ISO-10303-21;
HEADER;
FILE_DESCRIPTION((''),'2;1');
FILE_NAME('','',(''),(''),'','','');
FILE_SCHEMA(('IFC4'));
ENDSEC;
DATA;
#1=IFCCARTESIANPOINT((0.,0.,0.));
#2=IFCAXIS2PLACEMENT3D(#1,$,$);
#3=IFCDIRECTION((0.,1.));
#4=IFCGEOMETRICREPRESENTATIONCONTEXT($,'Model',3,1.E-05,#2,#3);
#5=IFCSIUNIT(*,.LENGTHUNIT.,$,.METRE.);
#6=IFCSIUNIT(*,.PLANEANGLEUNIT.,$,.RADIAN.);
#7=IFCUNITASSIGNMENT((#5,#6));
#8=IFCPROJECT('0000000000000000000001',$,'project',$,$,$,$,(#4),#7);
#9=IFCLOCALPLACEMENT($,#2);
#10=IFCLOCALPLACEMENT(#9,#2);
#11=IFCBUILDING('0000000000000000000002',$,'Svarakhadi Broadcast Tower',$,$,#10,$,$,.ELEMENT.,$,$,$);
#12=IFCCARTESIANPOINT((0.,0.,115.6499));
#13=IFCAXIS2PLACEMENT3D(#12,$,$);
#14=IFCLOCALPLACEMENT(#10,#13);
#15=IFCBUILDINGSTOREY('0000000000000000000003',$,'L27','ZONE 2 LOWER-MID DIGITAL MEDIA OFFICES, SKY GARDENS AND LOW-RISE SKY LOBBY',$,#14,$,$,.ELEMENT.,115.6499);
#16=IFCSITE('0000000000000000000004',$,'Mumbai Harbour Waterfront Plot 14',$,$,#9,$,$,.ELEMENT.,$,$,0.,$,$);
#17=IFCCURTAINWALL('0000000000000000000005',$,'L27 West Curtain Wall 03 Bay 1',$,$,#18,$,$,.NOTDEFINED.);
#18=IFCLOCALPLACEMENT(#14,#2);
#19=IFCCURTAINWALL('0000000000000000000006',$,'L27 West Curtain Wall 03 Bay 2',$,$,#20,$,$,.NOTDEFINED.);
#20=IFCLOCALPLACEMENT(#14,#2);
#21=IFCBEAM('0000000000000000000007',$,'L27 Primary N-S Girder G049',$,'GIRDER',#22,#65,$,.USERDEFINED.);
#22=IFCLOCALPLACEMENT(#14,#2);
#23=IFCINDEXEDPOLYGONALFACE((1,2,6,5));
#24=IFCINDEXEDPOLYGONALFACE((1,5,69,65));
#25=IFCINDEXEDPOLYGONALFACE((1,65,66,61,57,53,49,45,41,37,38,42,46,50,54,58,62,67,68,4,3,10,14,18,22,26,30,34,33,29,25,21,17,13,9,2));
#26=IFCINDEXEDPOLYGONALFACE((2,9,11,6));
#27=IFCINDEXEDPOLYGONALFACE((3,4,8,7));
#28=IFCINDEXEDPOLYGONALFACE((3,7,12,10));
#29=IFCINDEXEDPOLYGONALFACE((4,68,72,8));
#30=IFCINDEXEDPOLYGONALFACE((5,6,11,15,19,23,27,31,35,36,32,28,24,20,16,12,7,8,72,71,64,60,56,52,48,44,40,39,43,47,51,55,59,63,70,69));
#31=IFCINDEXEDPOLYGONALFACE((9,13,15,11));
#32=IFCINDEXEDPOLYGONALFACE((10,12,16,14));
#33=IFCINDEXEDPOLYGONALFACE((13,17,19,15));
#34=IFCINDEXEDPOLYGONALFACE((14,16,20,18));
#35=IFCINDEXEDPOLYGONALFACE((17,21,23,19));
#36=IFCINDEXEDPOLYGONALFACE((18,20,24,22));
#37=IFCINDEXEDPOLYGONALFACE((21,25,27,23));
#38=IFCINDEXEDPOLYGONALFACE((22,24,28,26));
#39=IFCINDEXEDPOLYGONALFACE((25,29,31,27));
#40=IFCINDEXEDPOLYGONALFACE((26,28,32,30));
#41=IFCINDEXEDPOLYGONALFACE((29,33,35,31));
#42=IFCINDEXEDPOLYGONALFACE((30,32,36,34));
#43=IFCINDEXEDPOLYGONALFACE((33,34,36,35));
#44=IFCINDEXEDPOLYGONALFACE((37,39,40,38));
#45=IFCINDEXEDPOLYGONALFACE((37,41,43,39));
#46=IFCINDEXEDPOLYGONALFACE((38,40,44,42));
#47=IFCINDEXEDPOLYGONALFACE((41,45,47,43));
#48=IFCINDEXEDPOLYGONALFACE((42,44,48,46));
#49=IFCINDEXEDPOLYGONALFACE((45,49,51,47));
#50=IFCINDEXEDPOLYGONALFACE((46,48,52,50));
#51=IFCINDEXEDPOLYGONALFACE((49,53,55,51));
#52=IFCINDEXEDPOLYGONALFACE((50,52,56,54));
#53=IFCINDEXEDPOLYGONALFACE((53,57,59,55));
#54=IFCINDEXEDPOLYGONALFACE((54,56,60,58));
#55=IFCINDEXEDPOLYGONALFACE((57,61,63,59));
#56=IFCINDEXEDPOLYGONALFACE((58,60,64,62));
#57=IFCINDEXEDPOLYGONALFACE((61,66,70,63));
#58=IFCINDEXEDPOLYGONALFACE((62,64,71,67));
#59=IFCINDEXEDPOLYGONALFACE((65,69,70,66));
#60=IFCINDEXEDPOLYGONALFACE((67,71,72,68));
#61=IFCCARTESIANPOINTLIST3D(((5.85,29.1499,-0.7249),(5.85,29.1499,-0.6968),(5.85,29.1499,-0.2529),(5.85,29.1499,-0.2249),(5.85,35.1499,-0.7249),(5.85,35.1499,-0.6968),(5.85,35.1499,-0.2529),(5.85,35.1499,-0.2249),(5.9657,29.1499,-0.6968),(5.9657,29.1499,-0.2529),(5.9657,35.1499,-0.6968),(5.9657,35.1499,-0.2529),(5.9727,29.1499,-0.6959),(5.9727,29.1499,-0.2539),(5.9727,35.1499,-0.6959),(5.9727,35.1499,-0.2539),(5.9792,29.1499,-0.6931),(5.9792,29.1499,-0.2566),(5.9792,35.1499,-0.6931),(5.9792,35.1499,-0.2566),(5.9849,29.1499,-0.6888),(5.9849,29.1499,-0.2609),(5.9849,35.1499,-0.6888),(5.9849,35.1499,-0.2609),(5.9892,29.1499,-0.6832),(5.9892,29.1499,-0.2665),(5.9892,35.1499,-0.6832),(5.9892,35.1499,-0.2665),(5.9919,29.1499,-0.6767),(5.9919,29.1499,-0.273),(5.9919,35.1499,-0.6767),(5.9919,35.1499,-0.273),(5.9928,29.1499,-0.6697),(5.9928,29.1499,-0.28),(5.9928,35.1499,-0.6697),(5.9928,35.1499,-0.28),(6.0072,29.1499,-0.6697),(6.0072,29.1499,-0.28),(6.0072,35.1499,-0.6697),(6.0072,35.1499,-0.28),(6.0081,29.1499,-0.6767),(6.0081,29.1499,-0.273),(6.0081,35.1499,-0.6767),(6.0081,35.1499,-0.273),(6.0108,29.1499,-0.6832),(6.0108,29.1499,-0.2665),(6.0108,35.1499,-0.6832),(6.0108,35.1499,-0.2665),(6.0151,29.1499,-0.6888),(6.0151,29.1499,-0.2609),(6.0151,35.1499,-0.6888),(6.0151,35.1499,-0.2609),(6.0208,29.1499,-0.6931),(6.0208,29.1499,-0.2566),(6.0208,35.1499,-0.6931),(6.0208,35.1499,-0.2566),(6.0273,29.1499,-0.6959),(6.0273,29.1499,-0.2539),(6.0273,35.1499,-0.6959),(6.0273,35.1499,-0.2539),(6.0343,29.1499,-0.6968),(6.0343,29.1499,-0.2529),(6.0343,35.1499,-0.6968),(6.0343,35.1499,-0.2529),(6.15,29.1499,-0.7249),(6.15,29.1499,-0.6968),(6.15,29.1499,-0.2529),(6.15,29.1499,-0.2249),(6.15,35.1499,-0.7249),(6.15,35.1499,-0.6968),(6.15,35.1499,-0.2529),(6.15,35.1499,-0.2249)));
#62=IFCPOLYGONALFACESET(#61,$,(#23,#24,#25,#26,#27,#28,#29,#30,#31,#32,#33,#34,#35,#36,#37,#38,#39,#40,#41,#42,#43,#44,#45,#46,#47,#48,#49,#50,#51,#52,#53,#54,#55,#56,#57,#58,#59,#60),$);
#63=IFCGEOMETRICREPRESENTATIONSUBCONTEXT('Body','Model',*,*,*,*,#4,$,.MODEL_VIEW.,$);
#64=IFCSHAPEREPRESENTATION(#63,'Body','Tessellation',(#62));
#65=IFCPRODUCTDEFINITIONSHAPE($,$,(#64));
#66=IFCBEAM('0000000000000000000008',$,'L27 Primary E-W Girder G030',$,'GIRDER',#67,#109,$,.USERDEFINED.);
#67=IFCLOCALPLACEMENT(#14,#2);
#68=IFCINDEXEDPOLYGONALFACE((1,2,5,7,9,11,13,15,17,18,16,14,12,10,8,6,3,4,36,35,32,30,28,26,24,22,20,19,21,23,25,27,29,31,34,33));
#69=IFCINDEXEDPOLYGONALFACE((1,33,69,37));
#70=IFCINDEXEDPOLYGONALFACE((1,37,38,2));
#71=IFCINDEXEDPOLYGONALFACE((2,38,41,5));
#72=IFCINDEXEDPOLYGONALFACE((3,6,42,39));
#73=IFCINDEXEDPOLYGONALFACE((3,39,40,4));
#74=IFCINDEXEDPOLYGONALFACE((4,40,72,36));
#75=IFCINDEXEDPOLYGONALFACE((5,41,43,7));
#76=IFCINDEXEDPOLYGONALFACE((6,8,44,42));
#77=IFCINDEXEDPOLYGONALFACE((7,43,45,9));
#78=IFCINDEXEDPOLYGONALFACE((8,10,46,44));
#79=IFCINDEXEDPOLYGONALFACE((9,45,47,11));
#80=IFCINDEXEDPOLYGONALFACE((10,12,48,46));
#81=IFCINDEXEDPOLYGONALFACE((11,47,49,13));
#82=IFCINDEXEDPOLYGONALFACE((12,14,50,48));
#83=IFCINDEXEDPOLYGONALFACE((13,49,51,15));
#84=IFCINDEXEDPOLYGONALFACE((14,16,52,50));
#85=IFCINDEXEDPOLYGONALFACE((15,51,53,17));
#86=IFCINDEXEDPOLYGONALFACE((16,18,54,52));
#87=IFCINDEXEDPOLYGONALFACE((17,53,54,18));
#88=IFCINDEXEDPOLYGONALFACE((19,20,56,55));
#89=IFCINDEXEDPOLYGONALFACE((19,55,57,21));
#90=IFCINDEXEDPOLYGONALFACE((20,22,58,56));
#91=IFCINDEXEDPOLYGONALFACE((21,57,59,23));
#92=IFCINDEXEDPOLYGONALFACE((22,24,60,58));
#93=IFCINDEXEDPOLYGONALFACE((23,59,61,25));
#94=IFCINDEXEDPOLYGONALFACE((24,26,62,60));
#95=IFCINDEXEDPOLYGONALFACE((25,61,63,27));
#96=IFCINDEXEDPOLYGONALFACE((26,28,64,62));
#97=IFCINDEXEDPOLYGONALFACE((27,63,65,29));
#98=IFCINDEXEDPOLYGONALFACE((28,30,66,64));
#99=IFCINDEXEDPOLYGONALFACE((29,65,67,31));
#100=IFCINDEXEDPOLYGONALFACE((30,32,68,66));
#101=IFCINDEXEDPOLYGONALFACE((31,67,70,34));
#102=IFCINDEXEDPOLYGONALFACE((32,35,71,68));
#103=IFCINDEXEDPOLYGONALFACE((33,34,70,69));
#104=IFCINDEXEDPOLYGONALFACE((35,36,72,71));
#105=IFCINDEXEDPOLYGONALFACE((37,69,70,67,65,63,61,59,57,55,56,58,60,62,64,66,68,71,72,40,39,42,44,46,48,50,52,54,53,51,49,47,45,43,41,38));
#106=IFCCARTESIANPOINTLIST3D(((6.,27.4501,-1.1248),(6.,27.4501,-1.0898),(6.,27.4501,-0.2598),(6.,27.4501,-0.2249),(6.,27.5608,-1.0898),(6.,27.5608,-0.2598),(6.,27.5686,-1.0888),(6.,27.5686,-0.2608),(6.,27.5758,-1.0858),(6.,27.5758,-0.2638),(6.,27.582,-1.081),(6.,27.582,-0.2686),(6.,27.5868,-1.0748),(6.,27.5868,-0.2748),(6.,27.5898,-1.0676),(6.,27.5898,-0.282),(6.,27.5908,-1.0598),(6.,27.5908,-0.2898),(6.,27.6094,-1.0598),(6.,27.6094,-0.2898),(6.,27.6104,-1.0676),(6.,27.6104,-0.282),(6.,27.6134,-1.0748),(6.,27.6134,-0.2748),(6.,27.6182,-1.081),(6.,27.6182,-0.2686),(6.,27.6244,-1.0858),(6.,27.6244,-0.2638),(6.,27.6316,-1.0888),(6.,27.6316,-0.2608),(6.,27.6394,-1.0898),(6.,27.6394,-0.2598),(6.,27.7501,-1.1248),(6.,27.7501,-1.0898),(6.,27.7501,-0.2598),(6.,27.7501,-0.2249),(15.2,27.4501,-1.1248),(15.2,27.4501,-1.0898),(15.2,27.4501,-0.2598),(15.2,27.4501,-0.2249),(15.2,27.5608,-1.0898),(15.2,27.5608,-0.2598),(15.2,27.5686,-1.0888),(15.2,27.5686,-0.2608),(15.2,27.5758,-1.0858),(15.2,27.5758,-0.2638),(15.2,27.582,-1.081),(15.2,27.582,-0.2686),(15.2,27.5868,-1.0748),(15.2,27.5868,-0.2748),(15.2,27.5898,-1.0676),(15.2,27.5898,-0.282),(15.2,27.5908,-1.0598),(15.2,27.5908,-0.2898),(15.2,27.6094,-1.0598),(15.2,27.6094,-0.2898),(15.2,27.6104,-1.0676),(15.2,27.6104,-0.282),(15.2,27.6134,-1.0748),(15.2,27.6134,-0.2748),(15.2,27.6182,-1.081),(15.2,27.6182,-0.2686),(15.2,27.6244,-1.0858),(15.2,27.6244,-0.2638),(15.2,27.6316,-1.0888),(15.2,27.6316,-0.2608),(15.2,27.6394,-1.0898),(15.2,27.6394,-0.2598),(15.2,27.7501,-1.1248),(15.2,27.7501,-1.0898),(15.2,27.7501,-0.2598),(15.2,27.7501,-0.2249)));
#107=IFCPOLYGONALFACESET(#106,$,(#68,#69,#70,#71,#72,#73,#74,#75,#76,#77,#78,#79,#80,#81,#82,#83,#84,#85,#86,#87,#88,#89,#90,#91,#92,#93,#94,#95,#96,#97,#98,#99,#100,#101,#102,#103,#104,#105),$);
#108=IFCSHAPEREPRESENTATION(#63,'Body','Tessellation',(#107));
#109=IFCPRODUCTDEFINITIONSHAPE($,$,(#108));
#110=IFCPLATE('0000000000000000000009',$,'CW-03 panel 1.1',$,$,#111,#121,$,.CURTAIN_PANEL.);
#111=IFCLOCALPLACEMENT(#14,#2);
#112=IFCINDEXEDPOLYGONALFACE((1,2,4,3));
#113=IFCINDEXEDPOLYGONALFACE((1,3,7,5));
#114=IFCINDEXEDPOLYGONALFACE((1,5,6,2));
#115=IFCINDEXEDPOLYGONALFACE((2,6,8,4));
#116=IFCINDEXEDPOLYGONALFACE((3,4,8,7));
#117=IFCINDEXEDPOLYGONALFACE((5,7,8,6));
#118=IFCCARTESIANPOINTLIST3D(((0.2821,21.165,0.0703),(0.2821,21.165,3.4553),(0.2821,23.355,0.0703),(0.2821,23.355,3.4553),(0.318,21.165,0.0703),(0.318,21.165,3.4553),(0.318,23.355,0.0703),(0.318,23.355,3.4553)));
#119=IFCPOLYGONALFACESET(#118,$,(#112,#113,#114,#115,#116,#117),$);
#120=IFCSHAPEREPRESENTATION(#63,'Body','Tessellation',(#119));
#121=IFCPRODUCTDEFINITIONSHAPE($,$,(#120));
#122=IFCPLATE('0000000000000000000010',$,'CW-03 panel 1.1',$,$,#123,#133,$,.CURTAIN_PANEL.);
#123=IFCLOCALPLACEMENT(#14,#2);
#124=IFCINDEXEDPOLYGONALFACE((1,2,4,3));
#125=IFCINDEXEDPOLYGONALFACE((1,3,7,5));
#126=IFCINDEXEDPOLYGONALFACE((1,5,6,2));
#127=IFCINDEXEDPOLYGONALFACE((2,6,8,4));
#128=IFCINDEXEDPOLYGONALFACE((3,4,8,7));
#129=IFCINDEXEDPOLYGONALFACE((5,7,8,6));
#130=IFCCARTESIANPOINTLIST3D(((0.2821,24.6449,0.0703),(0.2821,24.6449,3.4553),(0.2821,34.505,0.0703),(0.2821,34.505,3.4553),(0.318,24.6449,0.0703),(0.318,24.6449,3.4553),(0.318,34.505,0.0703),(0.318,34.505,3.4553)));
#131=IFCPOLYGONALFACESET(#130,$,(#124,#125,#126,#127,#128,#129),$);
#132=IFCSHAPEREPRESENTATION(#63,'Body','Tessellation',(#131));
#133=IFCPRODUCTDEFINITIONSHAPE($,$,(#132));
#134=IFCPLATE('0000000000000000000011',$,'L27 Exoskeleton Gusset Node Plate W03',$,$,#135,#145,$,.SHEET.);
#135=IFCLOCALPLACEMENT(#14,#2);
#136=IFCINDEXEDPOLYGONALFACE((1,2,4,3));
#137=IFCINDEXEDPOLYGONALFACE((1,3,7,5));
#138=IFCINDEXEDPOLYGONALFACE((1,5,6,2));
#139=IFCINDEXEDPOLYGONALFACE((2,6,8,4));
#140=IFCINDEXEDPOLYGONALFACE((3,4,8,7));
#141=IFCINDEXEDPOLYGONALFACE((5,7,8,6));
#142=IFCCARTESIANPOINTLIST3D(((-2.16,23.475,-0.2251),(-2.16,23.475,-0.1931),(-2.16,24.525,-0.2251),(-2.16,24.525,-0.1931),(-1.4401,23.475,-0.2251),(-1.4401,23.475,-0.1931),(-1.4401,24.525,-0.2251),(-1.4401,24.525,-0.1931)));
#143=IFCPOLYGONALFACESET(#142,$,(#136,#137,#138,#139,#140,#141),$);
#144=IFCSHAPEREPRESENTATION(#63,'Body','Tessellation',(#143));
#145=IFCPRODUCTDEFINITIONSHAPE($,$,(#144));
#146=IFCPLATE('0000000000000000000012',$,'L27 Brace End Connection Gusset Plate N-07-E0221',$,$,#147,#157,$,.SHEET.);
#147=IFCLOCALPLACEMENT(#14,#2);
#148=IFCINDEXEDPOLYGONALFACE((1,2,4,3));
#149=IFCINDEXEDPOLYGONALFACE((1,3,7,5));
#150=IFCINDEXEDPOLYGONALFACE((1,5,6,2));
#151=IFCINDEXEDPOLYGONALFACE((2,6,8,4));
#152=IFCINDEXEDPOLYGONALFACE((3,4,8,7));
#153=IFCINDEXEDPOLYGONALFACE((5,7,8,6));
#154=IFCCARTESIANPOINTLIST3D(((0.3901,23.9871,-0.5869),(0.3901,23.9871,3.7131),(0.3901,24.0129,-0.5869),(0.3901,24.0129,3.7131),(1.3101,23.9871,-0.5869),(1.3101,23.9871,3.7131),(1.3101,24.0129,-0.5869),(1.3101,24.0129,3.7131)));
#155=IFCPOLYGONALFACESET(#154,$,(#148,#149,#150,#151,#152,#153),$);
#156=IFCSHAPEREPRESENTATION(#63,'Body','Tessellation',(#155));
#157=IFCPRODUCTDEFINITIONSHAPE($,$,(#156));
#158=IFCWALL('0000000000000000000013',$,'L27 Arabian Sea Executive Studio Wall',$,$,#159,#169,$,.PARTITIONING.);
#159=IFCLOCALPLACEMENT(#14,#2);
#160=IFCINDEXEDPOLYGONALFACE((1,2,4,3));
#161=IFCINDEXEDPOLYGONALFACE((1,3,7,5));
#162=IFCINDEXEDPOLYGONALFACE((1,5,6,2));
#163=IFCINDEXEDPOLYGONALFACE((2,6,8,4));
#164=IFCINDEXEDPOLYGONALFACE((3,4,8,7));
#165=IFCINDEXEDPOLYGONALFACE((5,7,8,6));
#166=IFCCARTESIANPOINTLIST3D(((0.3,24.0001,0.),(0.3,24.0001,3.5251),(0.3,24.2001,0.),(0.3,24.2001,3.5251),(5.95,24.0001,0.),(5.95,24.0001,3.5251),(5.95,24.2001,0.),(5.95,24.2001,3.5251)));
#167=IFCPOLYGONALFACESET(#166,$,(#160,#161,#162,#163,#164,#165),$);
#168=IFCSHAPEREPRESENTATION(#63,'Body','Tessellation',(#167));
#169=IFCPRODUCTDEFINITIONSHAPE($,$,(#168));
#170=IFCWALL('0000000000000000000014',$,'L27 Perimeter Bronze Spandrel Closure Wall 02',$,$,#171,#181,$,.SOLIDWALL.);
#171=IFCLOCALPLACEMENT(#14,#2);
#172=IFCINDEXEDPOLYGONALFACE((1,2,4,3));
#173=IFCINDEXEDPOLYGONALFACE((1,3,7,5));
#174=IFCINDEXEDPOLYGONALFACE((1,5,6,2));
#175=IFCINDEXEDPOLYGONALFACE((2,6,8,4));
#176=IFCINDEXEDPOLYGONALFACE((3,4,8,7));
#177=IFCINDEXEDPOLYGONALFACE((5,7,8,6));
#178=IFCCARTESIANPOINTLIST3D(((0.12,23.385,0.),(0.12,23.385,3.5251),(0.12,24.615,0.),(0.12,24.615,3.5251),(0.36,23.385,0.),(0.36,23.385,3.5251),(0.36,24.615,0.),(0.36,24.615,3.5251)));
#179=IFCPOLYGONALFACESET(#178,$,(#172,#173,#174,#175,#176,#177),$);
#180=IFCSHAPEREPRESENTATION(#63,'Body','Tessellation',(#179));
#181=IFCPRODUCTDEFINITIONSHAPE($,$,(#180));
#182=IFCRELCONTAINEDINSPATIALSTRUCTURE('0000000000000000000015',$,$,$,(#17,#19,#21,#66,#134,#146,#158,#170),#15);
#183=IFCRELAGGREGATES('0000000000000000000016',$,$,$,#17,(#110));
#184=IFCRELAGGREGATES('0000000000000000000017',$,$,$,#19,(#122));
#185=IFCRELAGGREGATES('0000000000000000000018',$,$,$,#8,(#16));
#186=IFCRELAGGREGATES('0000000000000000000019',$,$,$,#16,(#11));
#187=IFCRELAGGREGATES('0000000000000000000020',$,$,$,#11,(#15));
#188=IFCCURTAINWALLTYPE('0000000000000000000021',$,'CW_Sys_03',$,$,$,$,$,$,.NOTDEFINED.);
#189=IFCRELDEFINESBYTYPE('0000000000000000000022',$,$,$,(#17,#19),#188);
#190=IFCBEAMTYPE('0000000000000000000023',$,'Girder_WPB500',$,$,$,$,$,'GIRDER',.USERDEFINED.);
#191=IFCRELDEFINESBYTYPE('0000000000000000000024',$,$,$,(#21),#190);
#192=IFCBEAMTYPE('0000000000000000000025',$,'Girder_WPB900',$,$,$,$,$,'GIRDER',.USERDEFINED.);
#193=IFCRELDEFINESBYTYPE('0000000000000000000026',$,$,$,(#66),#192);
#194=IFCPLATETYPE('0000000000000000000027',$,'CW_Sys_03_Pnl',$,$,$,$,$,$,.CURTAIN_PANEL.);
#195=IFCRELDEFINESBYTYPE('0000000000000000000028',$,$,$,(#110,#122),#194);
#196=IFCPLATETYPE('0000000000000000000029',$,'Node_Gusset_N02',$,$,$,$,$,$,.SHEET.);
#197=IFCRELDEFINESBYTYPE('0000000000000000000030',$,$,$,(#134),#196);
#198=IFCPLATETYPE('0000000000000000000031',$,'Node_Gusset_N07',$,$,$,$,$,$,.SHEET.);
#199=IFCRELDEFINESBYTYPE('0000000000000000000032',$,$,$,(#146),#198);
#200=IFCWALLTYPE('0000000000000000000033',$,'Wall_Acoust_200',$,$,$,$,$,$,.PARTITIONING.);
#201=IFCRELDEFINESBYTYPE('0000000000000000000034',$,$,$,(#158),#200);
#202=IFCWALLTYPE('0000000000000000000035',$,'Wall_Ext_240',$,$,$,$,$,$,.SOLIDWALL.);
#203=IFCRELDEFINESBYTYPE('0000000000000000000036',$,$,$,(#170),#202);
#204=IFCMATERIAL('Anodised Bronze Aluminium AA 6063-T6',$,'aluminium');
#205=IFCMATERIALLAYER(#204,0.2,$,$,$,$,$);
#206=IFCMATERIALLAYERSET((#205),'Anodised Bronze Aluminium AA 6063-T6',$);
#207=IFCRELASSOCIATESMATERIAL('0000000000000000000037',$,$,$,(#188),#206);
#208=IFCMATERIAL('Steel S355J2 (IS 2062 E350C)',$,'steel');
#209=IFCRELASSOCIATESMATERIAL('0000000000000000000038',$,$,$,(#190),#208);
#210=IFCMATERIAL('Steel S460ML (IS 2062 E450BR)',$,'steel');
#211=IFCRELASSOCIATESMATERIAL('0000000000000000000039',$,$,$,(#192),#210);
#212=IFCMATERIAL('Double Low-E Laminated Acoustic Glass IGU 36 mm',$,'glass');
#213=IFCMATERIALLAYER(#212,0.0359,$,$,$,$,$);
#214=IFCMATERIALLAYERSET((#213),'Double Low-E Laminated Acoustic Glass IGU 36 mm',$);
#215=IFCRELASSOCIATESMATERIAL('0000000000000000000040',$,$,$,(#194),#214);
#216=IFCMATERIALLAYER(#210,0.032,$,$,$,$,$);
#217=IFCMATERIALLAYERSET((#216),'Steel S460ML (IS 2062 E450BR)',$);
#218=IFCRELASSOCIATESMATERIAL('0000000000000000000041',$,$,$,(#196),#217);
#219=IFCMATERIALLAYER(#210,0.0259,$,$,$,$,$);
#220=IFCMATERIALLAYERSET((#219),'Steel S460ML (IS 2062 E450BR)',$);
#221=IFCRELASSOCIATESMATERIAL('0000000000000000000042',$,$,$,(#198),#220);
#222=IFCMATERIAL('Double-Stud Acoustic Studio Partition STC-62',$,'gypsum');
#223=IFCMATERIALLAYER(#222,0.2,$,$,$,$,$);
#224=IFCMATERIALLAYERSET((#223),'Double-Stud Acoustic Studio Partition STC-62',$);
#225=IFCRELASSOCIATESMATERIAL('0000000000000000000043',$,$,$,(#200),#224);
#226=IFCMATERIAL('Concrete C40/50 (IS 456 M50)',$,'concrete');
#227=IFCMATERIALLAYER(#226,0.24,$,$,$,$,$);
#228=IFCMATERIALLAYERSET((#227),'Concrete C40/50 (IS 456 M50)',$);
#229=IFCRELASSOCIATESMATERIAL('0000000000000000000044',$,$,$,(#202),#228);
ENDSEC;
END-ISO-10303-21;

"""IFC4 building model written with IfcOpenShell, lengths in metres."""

from ifc_helpers import new_model, si_unit, direction, frame, frame_2d, origin, origin_2d, place, context, subcontext, project, spatial, rectangle, i_section, extrude, material, layer, layer_set, material_profile, profile_set, type_object, element, aggregate, save


model = new_model("IFC4")

# Units and contexts
model_context = context("Model", 3, precision=1e-05, world=origin(), true_north=direction((0.0, 1.0)))
body_context = subcontext(model_context, "Body", "Model", "MODEL_VIEW")
ifc_project = project(units=[si_unit("LENGTHUNIT", "METRE"), si_unit("PLANEANGLEUNIT", "RADIAN")], contexts=[model_context])

# Site, building, storey
site_placement = place(None, origin())
site = spatial("IfcSite", under=ifc_project, at=site_placement, Name="Mumbai Harbour Waterfront Plot 14", CompositionType="ELEMENT", RefElevation=0.0)
building_placement = place(site_placement, origin())
building = spatial("IfcBuilding", under=site, at=building_placement, Name="Svarakhadi Broadcast Tower", CompositionType="ELEMENT")
storey_placement = place(building_placement, frame((0.0, 0.0, 115.6499)))
storey = spatial("IfcBuildingStorey", under=building, at=storey_placement, Name="L27", Description="ZONE 2 LOWER-MID DIGITAL MEDIA OFFICES, SKY GARDENS AND LOW-RISE SKY LOBBY", CompositionType="ELEMENT", Elevation=115.6499)

# Shared definitions
ifc_material_1 = material(Name="Steel S460ML (IS 2062 E450BR)", Category="steel")

# Shared definitions
ifc_material_2 = material(Name="Steel S355J2 (IS 2062 E350C)", Category="steel")

# Curtain walls
ifc_material_3 = material(Name="Anodised Bronze Aluminium AA 6063-T6", Category="aluminium")
ifc_layer_1 = layer(ifc_material_3, 0.2)
ifc_layer_set_1 = layer_set([ifc_layer_1], Name="Anodised Bronze Aluminium AA 6063-T6")
curtain_wall_type = type_object("IfcCurtainWallType", Name="CW_Sys_03", PredefinedType="NOTDEFINED", material=ifc_layer_set_1)
curtain_wall_1_placement = place(storey_placement, origin())
curtain_wall_1 = element("IfcCurtainWall", 1, at=curtain_wall_1_placement, inside=storey, type_object=curtain_wall_type, Name="L27 West Curtain Wall 03 Bay 1", PredefinedType="NOTDEFINED")
curtain_wall_2_placement = place(storey_placement, origin())
curtain_wall_2 = element("IfcCurtainWall", 2, at=curtain_wall_2_placement, inside=storey, type_object=curtain_wall_type, Name="L27 West Curtain Wall 03 Bay 2", PredefinedType="NOTDEFINED")

# Beams
ifc_material_profile_1 = material_profile(ifc_material_2, i_section(OverallWidth=0.3, OverallDepth=0.5, WebThickness=0.0144, FlangeThickness=0.0281, FilletRadius=0.0271, at=origin_2d()), Name="WPB 500x300x187")
ifc_profile_set_1 = profile_set([ifc_material_profile_1], Name="Steel S355J2 (IS 2062 E350C)")
beam_type_1 = type_object("IfcBeamType", Name="Girder_WPB500", ElementType="GIRDER", PredefinedType="USERDEFINED", material=ifc_profile_set_1)
for number, where, z_axis, x_axis, name in (
    (3, (6.0, 29.1499, -0.4749), (0.0, 1.0, 0.0), (-1.0, 0.0, 0.0), "L27 Primary N-S Girder G049"),
):
    element("IfcBeam", number, at=place(storey_placement, frame(where, z_axis=z_axis, x_axis=x_axis)), inside=storey, type_object=beam_type_1, Name=name, ObjectType="GIRDER", PredefinedType="USERDEFINED", context=body_context, shape_type="SweptSolid", body=[
        extrude(i_section(OverallWidth=0.3, OverallDepth=0.5, WebThickness=0.0144, FlangeThickness=0.0281, FilletRadius=0.0271, at=origin_2d()), origin(), (0.0, 0.0, 1.0), 6.0),
    ])
ifc_material_profile_2 = material_profile(ifc_material_1, i_section(OverallWidth=0.3, OverallDepth=0.8999, WebThickness=0.0186, FlangeThickness=0.0349, FilletRadius=0.03, at=origin_2d()), Name="WPB 900x300x291")
ifc_profile_set_2 = profile_set([ifc_material_profile_2], Name="Steel S460ML (IS 2062 E450BR)")
beam_type_2 = type_object("IfcBeamType", Name="Girder_WPB900", ElementType="GIRDER", PredefinedType="USERDEFINED", material=ifc_profile_set_2)
beam_1_placement = place(storey_placement, frame((6.0, 27.6001, -0.6748), z_axis=(1.0, 0.0, 0.0), x_axis=(0.0, 1.0, 0.0)))
element("IfcBeam", 4, at=beam_1_placement, inside=storey, type_object=beam_type_2, Name="L27 Primary E-W Girder G030", ObjectType="GIRDER", PredefinedType="USERDEFINED", context=body_context, shape_type="SweptSolid", body=[
    extrude(i_section(OverallWidth=0.3, OverallDepth=0.8999, WebThickness=0.0186, FlangeThickness=0.0349, FilletRadius=0.03, at=origin_2d()), origin(), (0.0, 0.0, 1.0), 9.2),
])

# Plates
ifc_material_4 = material(Name="Double Low-E Laminated Acoustic Glass IGU 36 mm", Category="glass")
ifc_layer_2 = layer(ifc_material_4, 0.0359)
ifc_layer_set_2 = layer_set([ifc_layer_2], Name="Double Low-E Laminated Acoustic Glass IGU 36 mm")
plate_type_1 = type_object("IfcPlateType", Name="CW_Sys_03_Pnl", PredefinedType="CURTAIN_PANEL", material=ifc_layer_set_2)
plate_1_placement = place(storey_placement, frame((0.3, 22.26, 0.0703), z_axis=(0.0, 0.0, 1.0), x_axis=(0.0, 1.0, 0.0)))
plate_1 = element("IfcPlate", 5, at=plate_1_placement, type_object=plate_type_1, Name="CW-03 panel 1.1", PredefinedType="CURTAIN_PANEL", context=body_context, shape_type="SweptSolid", body=[
    extrude(rectangle(XDim=2.1899, YDim=0.0359, at=origin_2d()), origin(), (0.0, 0.0, 1.0), 3.385),
])
aggregate(curtain_wall_1, [plate_1])
plate_2_placement = place(storey_placement, frame((0.3, 29.575, 0.0703), z_axis=(0.0, 0.0, 1.0), x_axis=(0.0, 1.0, 0.0)))
plate_2 = element("IfcPlate", 6, at=plate_2_placement, type_object=plate_type_1, Name="CW-03 panel 1.1", PredefinedType="CURTAIN_PANEL", context=body_context, shape_type="SweptSolid", body=[
    extrude(rectangle(XDim=9.8601, YDim=0.0359, at=origin_2d()), origin(), (0.0, 0.0, 1.0), 3.385),
])
aggregate(curtain_wall_2, [plate_2])

# Plates
ifc_layer_3 = layer(ifc_material_1, 0.032)
ifc_layer_set_3 = layer_set([ifc_layer_3], Name="Steel S460ML (IS 2062 E450BR)")
plate_type_2 = type_object("IfcPlateType", Name="Node_Gusset_N02", PredefinedType="SHEET", material=ifc_layer_set_3)
plate_3_placement = place(storey_placement, frame((-1.8, 24.0, -0.2251), z_axis=(0.0, 0.0, 1.0), x_axis=(0.0, 1.0, 0.0)))
element("IfcPlate", 7, at=plate_3_placement, inside=storey, type_object=plate_type_2, Name="L27 Exoskeleton Gusset Node Plate W03", PredefinedType="SHEET", context=body_context, shape_type="SweptSolid", body=[
    extrude(rectangle(XDim=1.05, YDim=0.72, at=origin_2d()), origin(), (0.0, 0.0, 1.0), 0.032),
])
ifc_layer_4 = layer(ifc_material_1, 0.0259)
ifc_layer_set_4 = layer_set([ifc_layer_4], Name="Steel S460ML (IS 2062 E450BR)")
plate_type_3 = type_object("IfcPlateType", Name="Node_Gusset_N07", PredefinedType="SHEET", material=ifc_layer_set_4)
plate_4_placement = place(storey_placement, frame((0.8501, 24.0, -0.5869), z_axis=(0.0, 0.0, 1.0), x_axis=(1.0, 0.0, 0.0)))
element("IfcPlate", 8, at=plate_4_placement, inside=storey, type_object=plate_type_3, Name="L27 Brace End Connection Gusset Plate N-07-E0221", PredefinedType="SHEET", context=body_context, shape_type="SweptSolid", body=[
    extrude(rectangle(XDim=0.9199, YDim=0.0259, at=origin_2d()), origin(), (0.0, 0.0, 1.0), 4.3),
])

# Walls
ifc_material_5 = material(Name="Double-Stud Acoustic Studio Partition STC-62", Category="gypsum")
ifc_layer_5 = layer(ifc_material_5, 0.2)
ifc_layer_set_5 = layer_set([ifc_layer_5], Name="Double-Stud Acoustic Studio Partition STC-62")
wall_type_1 = type_object("IfcWallType", Name="Wall_Acoust_200", PredefinedType="PARTITIONING", material=ifc_layer_set_5)
wall_1_placement = place(storey_placement, frame((0.3, 24.1001, 0.0), z_axis=(0.0, 0.0, 1.0), x_axis=(1.0, 0.0, 0.0)))
element("IfcWall", 9, at=wall_1_placement, inside=storey, type_object=wall_type_1, Name="L27 Arabian Sea Executive Studio Wall", PredefinedType="PARTITIONING", context=body_context, shape_type="SweptSolid", body=[
    extrude(rectangle(XDim=5.6499, YDim=0.2, at=frame_2d((2.825, 0.0))), origin(), (0.0, 0.0, 1.0), 3.5251),
])
ifc_material_6 = material(Name="Concrete C40/50 (IS 456 M50)", Category="concrete")
ifc_layer_6 = layer(ifc_material_6, 0.24)
ifc_layer_set_6 = layer_set([ifc_layer_6], Name="Concrete C40/50 (IS 456 M50)")
wall_type_2 = type_object("IfcWallType", Name="Wall_Ext_240", PredefinedType="SOLIDWALL", material=ifc_layer_set_6)
wall_2_placement = place(storey_placement, frame((0.24, 23.385, 0.0), z_axis=(0.0, 0.0, 1.0), x_axis=(0.0, 1.0, 0.0)))
element("IfcWall", 10, at=wall_2_placement, inside=storey, type_object=wall_type_2, Name="L27 Perimeter Bronze Spandrel Closure Wall 02", PredefinedType="SOLIDWALL", context=body_context, shape_type="SweptSolid", body=[
    extrude(rectangle(XDim=1.23, YDim=0.24, at=frame_2d((0.615, 0.0))), origin(), (0.0, 0.0, 1.0), 3.5251),
])

save(model, "model.ifc")
